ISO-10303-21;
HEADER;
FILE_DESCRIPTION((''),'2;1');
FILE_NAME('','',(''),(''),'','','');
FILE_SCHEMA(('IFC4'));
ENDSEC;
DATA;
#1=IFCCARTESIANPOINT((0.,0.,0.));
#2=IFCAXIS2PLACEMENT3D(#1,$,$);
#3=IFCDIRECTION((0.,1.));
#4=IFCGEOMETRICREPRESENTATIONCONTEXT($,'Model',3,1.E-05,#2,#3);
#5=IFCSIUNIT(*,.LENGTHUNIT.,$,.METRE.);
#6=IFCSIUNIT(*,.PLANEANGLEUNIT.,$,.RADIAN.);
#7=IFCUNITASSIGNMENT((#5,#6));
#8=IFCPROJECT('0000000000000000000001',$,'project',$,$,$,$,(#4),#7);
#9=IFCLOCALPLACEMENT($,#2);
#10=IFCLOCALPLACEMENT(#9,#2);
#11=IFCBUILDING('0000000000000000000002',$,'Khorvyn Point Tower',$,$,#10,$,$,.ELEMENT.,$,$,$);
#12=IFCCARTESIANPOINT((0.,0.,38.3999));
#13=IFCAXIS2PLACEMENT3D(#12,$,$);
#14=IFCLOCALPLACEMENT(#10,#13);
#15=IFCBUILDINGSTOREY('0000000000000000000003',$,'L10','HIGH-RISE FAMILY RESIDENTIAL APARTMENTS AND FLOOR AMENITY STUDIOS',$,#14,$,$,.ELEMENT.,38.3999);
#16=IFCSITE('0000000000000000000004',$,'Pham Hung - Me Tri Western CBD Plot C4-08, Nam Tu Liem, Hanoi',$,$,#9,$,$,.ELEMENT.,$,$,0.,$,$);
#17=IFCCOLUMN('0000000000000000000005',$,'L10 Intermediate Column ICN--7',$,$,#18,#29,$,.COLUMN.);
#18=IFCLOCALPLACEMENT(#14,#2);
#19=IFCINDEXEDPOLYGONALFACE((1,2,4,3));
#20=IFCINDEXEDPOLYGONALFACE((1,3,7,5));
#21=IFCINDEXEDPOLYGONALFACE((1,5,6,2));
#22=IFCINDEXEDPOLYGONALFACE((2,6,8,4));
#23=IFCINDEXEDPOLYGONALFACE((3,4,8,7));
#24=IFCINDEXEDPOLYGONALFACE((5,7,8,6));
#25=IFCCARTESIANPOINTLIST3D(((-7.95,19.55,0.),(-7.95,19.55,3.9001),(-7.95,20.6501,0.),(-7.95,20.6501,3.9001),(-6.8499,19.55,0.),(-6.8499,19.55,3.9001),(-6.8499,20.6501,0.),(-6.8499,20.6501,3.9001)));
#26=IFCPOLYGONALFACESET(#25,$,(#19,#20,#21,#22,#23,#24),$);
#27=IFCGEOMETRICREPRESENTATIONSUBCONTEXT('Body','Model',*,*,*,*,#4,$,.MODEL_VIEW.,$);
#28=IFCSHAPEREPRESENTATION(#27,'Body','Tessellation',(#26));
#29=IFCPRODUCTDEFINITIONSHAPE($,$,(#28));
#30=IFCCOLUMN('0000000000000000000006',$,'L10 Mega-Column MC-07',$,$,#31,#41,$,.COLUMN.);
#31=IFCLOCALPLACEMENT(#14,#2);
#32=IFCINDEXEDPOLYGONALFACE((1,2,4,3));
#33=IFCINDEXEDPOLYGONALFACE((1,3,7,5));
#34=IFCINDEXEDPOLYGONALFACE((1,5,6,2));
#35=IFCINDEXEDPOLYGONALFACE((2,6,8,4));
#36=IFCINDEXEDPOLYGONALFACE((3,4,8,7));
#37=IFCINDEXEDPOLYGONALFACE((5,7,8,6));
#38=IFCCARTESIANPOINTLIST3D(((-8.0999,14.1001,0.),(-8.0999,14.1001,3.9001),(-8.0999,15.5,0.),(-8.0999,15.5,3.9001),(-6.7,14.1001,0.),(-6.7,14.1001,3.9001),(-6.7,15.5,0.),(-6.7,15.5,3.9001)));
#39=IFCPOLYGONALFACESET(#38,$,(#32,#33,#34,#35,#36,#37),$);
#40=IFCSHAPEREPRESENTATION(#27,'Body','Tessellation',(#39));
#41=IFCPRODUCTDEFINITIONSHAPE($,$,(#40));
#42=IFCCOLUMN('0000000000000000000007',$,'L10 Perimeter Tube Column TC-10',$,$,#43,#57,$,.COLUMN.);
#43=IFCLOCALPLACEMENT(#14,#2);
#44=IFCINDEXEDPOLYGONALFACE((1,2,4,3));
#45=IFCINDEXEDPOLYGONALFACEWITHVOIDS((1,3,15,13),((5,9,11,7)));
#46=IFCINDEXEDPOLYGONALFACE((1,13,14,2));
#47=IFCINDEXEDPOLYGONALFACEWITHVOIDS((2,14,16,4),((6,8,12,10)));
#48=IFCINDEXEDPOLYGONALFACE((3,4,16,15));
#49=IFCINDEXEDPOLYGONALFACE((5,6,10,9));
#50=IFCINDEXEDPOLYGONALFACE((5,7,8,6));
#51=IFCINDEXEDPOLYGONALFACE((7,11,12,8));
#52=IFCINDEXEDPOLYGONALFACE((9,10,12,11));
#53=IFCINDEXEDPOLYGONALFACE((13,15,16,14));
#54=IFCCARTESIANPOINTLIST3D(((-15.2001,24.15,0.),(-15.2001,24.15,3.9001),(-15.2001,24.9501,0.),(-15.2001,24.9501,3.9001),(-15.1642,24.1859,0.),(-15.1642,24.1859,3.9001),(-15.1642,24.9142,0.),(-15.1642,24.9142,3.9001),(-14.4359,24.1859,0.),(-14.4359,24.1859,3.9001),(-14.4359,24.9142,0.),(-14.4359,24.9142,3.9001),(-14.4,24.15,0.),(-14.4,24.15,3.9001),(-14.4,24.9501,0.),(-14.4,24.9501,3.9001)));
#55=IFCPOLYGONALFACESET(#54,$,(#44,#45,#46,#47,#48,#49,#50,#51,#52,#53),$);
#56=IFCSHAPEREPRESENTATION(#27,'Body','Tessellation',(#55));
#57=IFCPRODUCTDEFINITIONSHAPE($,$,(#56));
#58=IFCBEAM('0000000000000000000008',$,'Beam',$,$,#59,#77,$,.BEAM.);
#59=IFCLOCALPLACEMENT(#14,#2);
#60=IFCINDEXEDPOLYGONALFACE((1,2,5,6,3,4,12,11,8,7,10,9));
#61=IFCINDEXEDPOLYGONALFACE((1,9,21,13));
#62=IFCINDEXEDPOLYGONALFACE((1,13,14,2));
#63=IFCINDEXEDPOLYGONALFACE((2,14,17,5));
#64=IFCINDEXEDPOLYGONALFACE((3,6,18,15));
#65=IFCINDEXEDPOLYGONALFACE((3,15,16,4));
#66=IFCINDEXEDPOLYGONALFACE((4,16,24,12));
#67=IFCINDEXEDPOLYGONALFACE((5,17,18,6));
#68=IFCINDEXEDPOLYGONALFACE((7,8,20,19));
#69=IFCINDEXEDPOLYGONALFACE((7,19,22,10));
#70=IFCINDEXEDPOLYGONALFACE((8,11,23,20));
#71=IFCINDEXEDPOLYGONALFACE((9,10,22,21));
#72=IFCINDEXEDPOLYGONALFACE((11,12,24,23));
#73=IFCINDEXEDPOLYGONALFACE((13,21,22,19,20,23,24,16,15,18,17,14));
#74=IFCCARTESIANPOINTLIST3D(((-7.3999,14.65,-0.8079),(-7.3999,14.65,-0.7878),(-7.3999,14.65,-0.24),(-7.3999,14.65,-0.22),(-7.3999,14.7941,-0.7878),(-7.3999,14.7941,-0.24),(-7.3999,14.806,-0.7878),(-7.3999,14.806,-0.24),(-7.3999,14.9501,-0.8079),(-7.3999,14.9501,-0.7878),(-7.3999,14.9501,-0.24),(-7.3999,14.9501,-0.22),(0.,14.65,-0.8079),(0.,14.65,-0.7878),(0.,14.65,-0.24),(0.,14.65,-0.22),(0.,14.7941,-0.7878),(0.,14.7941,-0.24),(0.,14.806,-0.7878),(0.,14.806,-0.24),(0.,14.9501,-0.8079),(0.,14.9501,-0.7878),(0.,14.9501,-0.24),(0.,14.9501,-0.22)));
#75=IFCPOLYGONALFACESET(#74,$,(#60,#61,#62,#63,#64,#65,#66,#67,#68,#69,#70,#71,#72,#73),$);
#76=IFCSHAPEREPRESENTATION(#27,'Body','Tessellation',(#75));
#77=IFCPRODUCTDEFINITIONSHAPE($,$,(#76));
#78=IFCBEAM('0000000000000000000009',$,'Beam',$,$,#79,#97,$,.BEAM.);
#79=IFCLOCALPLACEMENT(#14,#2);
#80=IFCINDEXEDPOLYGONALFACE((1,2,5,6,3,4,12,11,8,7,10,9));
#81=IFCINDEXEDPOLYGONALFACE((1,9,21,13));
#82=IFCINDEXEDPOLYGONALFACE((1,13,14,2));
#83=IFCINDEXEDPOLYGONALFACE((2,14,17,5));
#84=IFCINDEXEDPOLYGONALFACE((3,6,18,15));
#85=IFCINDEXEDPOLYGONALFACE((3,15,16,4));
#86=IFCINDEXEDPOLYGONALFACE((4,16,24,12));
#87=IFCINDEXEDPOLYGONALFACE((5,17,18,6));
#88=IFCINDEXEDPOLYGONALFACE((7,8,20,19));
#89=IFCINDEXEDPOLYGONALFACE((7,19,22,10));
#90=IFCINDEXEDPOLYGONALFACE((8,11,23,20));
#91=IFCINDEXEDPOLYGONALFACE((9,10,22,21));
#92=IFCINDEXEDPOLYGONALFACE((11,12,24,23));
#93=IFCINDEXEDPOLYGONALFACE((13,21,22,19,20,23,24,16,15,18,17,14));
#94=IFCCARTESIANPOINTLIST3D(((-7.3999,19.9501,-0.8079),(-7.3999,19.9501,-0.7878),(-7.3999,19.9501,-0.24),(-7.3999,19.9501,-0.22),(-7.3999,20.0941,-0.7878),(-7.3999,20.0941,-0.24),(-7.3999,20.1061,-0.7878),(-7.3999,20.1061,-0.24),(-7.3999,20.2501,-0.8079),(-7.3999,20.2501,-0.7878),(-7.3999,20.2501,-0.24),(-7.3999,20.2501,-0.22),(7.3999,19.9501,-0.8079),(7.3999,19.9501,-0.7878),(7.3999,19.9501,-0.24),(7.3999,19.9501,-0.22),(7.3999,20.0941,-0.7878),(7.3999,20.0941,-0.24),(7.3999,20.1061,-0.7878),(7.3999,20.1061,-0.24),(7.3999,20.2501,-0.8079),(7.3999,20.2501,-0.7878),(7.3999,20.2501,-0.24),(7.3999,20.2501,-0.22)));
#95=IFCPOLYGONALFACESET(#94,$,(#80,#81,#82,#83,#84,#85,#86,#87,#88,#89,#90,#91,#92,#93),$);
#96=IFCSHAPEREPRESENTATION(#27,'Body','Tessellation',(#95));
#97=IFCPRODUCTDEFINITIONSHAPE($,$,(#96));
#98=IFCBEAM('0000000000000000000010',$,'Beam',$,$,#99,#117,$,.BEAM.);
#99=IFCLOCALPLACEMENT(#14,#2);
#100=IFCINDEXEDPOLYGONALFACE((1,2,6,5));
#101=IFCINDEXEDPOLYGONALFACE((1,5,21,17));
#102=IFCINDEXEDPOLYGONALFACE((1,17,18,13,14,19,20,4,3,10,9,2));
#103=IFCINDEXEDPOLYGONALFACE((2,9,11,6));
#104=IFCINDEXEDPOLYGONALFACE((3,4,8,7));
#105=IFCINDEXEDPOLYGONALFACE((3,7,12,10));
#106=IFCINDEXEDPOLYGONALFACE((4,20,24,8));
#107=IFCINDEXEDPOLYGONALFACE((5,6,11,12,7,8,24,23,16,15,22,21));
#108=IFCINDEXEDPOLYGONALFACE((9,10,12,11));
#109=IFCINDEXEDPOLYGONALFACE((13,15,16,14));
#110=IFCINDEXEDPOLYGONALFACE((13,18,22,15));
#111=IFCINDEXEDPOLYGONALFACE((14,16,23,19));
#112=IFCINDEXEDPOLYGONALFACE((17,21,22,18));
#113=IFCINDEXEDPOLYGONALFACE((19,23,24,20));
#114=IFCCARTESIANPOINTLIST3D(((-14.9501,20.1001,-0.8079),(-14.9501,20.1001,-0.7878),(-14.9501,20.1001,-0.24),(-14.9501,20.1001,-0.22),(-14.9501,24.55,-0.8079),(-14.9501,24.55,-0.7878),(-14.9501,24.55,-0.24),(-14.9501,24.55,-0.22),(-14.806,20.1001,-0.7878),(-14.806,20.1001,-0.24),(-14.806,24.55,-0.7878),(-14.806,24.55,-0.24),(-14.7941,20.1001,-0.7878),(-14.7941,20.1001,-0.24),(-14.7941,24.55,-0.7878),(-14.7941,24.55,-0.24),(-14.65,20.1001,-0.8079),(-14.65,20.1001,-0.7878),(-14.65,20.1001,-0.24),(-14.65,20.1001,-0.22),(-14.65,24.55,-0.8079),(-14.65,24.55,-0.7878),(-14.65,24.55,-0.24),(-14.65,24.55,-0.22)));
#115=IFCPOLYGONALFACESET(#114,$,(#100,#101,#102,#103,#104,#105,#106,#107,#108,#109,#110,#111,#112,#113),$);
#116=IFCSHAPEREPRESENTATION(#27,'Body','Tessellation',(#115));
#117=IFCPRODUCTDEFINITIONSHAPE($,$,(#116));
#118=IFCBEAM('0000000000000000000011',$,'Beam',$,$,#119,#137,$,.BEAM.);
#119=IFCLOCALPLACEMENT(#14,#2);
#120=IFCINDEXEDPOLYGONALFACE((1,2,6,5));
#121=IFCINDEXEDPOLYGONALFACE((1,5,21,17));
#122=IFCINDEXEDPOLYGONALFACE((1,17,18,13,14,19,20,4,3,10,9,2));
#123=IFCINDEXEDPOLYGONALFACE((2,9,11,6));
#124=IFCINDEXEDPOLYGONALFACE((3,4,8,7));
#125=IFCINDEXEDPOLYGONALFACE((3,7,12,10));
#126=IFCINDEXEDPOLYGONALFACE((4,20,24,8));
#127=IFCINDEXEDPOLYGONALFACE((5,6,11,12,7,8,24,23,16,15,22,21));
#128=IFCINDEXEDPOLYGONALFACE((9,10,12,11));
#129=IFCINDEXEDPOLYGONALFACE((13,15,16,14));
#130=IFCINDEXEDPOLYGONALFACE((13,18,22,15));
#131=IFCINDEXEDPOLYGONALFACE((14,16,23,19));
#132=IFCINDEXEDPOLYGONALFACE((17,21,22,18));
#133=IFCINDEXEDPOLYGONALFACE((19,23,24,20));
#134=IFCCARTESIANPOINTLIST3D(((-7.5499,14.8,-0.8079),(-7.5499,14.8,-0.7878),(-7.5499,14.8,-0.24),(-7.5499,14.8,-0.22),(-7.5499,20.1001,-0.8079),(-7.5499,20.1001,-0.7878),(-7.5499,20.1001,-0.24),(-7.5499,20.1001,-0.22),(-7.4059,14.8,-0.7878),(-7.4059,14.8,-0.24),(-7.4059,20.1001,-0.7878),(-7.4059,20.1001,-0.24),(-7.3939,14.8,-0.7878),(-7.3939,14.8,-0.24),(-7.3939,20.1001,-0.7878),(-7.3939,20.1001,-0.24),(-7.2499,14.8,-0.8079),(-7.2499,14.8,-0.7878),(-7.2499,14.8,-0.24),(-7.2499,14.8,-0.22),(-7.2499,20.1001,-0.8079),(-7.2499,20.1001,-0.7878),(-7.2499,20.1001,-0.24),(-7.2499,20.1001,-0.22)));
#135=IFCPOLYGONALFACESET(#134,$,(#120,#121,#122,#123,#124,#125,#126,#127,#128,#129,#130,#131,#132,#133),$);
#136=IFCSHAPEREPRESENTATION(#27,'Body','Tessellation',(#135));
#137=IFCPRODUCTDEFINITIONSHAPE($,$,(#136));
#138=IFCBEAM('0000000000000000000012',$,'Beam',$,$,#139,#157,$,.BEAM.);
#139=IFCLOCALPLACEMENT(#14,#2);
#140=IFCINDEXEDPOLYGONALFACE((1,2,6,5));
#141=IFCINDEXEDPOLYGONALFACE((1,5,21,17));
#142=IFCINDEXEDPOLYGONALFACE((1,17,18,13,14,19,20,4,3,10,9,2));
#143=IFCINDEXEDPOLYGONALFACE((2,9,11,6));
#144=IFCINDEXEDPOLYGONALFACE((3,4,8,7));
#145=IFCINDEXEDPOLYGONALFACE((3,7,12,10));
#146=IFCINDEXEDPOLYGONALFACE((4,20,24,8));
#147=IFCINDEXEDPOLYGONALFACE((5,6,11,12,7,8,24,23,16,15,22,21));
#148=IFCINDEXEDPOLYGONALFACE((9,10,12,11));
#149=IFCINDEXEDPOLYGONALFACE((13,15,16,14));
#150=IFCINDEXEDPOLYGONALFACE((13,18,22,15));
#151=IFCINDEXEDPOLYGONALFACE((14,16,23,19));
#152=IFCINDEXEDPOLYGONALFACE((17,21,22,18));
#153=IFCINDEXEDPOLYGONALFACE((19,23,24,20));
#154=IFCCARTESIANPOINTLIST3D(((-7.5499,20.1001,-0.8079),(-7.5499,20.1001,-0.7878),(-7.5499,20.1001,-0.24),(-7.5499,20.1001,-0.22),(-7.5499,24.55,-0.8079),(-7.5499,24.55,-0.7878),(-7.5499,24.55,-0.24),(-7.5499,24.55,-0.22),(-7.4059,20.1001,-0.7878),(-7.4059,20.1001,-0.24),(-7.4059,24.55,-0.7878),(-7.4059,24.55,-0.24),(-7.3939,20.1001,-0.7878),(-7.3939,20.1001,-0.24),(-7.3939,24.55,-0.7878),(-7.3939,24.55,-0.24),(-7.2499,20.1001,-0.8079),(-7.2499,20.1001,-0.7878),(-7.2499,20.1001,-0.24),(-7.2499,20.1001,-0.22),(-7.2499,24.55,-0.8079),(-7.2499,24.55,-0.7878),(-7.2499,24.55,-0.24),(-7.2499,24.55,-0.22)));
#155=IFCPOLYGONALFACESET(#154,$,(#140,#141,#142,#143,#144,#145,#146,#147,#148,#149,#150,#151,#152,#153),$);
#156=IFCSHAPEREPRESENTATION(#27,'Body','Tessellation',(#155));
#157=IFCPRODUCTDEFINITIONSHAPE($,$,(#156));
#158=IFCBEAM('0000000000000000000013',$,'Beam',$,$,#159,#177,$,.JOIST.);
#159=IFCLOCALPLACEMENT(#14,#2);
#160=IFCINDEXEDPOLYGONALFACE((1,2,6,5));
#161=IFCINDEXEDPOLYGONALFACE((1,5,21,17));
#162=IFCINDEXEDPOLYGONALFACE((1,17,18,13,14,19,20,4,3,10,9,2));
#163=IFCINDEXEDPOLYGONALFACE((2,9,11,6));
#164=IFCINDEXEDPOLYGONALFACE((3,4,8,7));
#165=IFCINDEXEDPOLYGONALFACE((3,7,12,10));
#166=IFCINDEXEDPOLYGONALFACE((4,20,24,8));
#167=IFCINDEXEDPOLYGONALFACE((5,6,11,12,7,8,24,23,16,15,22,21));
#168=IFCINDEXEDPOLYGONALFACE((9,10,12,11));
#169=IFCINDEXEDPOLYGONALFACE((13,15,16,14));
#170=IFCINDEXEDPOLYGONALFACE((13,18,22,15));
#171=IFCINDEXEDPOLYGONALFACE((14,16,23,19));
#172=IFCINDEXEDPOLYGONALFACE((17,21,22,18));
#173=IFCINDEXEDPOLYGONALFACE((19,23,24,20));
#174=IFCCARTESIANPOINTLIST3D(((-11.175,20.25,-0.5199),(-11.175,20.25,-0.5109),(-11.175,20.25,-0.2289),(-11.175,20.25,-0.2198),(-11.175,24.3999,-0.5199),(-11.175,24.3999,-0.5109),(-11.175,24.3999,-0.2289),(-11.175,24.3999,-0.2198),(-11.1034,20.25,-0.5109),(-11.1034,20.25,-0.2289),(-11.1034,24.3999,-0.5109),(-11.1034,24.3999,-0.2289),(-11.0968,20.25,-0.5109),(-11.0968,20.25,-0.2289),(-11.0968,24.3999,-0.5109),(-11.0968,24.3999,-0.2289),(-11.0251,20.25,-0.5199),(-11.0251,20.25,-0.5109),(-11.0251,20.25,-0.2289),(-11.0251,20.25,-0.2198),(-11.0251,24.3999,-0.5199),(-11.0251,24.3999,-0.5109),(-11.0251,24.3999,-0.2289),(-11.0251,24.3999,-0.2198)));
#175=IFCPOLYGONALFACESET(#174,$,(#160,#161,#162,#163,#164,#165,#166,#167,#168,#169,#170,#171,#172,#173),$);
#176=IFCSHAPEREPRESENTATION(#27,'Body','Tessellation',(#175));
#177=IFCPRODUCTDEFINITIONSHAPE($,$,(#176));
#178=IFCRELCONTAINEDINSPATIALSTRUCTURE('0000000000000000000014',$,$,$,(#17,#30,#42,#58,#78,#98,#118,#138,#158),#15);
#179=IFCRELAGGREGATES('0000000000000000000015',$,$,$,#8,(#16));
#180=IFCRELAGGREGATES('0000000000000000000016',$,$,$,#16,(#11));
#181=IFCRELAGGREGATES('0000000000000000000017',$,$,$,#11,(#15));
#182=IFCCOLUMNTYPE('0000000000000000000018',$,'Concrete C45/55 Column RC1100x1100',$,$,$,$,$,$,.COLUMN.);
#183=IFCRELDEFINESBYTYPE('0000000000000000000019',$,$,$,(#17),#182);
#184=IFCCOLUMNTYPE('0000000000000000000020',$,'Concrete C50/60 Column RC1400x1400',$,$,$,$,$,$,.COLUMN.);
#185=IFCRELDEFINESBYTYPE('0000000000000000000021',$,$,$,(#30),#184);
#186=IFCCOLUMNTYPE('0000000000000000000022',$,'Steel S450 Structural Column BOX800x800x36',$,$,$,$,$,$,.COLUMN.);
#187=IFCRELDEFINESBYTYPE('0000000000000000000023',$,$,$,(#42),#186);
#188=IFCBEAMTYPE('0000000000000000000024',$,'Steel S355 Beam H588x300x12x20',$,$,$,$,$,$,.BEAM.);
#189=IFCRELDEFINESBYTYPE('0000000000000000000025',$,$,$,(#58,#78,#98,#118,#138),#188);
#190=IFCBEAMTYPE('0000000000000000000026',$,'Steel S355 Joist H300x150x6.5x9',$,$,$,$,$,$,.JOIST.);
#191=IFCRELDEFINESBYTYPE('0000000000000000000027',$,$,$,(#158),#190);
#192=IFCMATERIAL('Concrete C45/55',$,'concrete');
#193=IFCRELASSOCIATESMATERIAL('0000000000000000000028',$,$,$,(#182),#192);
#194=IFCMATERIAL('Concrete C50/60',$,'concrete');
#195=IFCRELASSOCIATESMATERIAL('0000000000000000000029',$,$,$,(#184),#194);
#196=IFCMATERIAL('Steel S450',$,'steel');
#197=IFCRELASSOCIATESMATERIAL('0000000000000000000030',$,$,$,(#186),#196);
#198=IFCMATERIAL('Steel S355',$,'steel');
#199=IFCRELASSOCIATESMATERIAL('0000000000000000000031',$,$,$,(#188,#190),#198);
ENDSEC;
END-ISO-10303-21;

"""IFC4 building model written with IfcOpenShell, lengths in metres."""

from ifc_helpers import new_model, si_unit, direction, frame, origin, origin_2d, place, context, subcontext, project, spatial, rectangle, hollow_rectangle, i_section, extrude, material, material_profile, profile_set, type_object, element, save


model = new_model("IFC4")

# Units and contexts
model_context = context("Model", 3, precision=1e-05, world=origin(), true_north=direction((0.0, 1.0)))
body_context = subcontext(model_context, "Body", "Model", "MODEL_VIEW")
ifc_project = project(units=[si_unit("LENGTHUNIT", "METRE"), si_unit("PLANEANGLEUNIT", "RADIAN")], contexts=[model_context])

# Site, building, storey
site_placement = place(None, origin())
site = spatial("IfcSite", under=ifc_project, at=site_placement, Name="Pham Hung - Me Tri Western CBD Plot C4-08, Nam Tu Liem, Hanoi", CompositionType="ELEMENT", RefElevation=0.0)
building_placement = place(site_placement, origin())
building = spatial("IfcBuilding", under=site, at=building_placement, Name="Khorvyn Point Tower", CompositionType="ELEMENT")
storey_placement = place(building_placement, frame((0.0, 0.0, 38.3999)))
storey = spatial("IfcBuildingStorey", under=building, at=storey_placement, Name="L10", Description="HIGH-RISE FAMILY RESIDENTIAL APARTMENTS AND FLOOR AMENITY STUDIOS", CompositionType="ELEMENT", Elevation=38.3999)

# Columns
ifc_material_1 = material(Name="Concrete C45/55", Category="concrete")
ifc_material_profile_1 = material_profile(ifc_material_1, rectangle(XDim=1.1001, YDim=1.1001, at=origin_2d()))
ifc_profile_set_1 = profile_set([ifc_material_profile_1], Name="Concrete C45/55 RC1100x1100")
column_type_1 = type_object("IfcColumnType", Name="Concrete C45/55 Column RC1100x1100", PredefinedType="COLUMN", material=ifc_profile_set_1)
column_1_placement = place(storey_placement, frame((-7.3999, 20.1001, 0.0), z_axis=(0.0, 0.0, 1.0), x_axis=(1.0, 0.0, 0.0)))
element("IfcColumn", 1, at=column_1_placement, inside=storey, type_object=column_type_1, Name="L10 Intermediate Column ICN--7", PredefinedType="COLUMN", context=body_context, shape_type="SweptSolid", body=[
    extrude(rectangle(XDim=1.1001, YDim=1.1001, at=origin_2d()), origin(), (0.0, 0.0, 1.0), 3.9001),
])
ifc_material_2 = material(Name="Concrete C50/60", Category="concrete")
ifc_material_profile_2 = material_profile(ifc_material_2, rectangle(XDim=1.3999, YDim=1.3999, at=origin_2d()))
ifc_profile_set_2 = profile_set([ifc_material_profile_2], Name="Concrete C50/60 RC1400x1400")
column_type_2 = type_object("IfcColumnType", Name="Concrete C50/60 Column RC1400x1400", PredefinedType="COLUMN", material=ifc_profile_set_2)
column_2_placement = place(storey_placement, frame((-7.3999, 14.8, 0.0), z_axis=(0.0, 0.0, 1.0), x_axis=(1.0, 0.0, 0.0)))
element("IfcColumn", 2, at=column_2_placement, inside=storey, type_object=column_type_2, Name="L10 Mega-Column MC-07", PredefinedType="COLUMN", context=body_context, shape_type="SweptSolid", body=[
    extrude(rectangle(XDim=1.3999, YDim=1.3999, at=origin_2d()), origin(), (0.0, 0.0, 1.0), 3.9001),
])
ifc_material_3 = material(Name="Steel S450", Category="steel")
ifc_material_profile_3 = material_profile(ifc_material_3, hollow_rectangle(XDim=0.8, YDim=0.8, WallThickness=0.0359, at=origin_2d()))
ifc_profile_set_3 = profile_set([ifc_material_profile_3], Name="Steel S450 BOX800x800x36")
column_type_3 = type_object("IfcColumnType", Name="Steel S450 Structural Column BOX800x800x36", PredefinedType="COLUMN", material=ifc_profile_set_3)
column_3_placement = place(storey_placement, frame((-14.8, 24.55, 0.0), z_axis=(0.0, 0.0, 1.0), x_axis=(1.0, 0.0, 0.0)))
element("IfcColumn", 3, at=column_3_placement, inside=storey, type_object=column_type_3, Name="L10 Perimeter Tube Column TC-10", PredefinedType="COLUMN", context=body_context, shape_type="SweptSolid", body=[
    extrude(hollow_rectangle(XDim=0.8, YDim=0.8, WallThickness=0.0359, at=origin_2d()), origin(), (0.0, 0.0, 1.0), 3.9001),
])

# Beams
ifc_material_4 = material(Name="Steel S355", Category="steel")
ifc_material_profile_4 = material_profile(ifc_material_4, i_section(OverallWidth=0.3, OverallDepth=0.5879, WebThickness=0.012, FlangeThickness=0.02, at=origin_2d()))
ifc_profile_set_4 = profile_set([ifc_material_profile_4], Name="Steel S355 H588x300x12x20")
beam_type_1 = type_object("IfcBeamType", Name="Steel S355 Beam H588x300x12x20", PredefinedType="BEAM", material=ifc_profile_set_4)
beam_1_placement = place(storey_placement, frame((-7.3999, 14.8, -0.5139), z_axis=(1.0, 0.0, 0.0), x_axis=(0.0, 1.0, 0.0)))
element("IfcBeam", 4, at=beam_1_placement, inside=storey, type_object=beam_type_1, Name="Beam", PredefinedType="BEAM", context=body_context, shape_type="SweptSolid", body=[
    extrude(i_section(OverallWidth=0.3, OverallDepth=0.5879, WebThickness=0.012, FlangeThickness=0.02, at=origin_2d()), origin(), (0.0, 0.0, 1.0), 7.3999),
])
beam_2_placement = place(storey_placement, frame((-7.3999, 20.1001, -0.5139), z_axis=(1.0, 0.0, 0.0), x_axis=(0.0, 1.0, 0.0)))
element("IfcBeam", 5, at=beam_2_placement, inside=storey, type_object=beam_type_1, Name="Beam", PredefinedType="BEAM", context=body_context, shape_type="SweptSolid", body=[
    extrude(i_section(OverallWidth=0.3, OverallDepth=0.5879, WebThickness=0.012, FlangeThickness=0.02, at=origin_2d()), origin(), (0.0, 0.0, 1.0), 14.7998),
])
beam_3_placement = place(storey_placement, frame((-14.8, 20.1001, -0.5139), z_axis=(0.0, 1.0, 0.0), x_axis=(-1.0, 0.0, 0.0)))
element("IfcBeam", 6, at=beam_3_placement, inside=storey, type_object=beam_type_1, Name="Beam", PredefinedType="BEAM", context=body_context, shape_type="SweptSolid", body=[
    extrude(i_section(OverallWidth=0.3, OverallDepth=0.5879, WebThickness=0.012, FlangeThickness=0.02, at=origin_2d()), origin(), (0.0, 0.0, 1.0), 4.45),
])
beam_4_placement = place(storey_placement, frame((-7.3999, 14.8, -0.5139), z_axis=(0.0, 1.0, 0.0), x_axis=(-1.0, 0.0, 0.0)))
element("IfcBeam", 7, at=beam_4_placement, inside=storey, type_object=beam_type_1, Name="Beam", PredefinedType="BEAM", context=body_context, shape_type="SweptSolid", body=[
    extrude(i_section(OverallWidth=0.3, OverallDepth=0.5879, WebThickness=0.012, FlangeThickness=0.02, at=origin_2d()), origin(), (0.0, 0.0, 1.0), 5.3),
])
beam_5_placement = place(storey_placement, frame((-7.3999, 20.1001, -0.5139), z_axis=(0.0, 1.0, 0.0), x_axis=(-1.0, 0.0, 0.0)))
element("IfcBeam", 8, at=beam_5_placement, inside=storey, type_object=beam_type_1, Name="Beam", PredefinedType="BEAM", context=body_context, shape_type="SweptSolid", body=[
    extrude(i_section(OverallWidth=0.3, OverallDepth=0.5879, WebThickness=0.012, FlangeThickness=0.02, at=origin_2d()), origin(), (0.0, 0.0, 1.0), 4.45),
])
ifc_material_profile_5 = material_profile(ifc_material_4, i_section(OverallWidth=0.1499, OverallDepth=0.3, WebThickness=0.0066, FlangeThickness=0.009, at=origin_2d()))
ifc_profile_set_5 = profile_set([ifc_material_profile_5], Name="Steel S355 H300x150x6.5x9")
beam_type_2 = type_object("IfcBeamType", Name="Steel S355 Joist H300x150x6.5x9", PredefinedType="JOIST", material=ifc_profile_set_5)
beam_6_placement = place(storey_placement, frame((-11.1001, 20.25, -0.3699), z_axis=(0.0, 1.0, 0.0), x_axis=(-1.0, 0.0, 0.0)))
element("IfcBeam", 9, at=beam_6_placement, inside=storey, type_object=beam_type_2, Name="Beam", PredefinedType="JOIST", context=body_context, shape_type="SweptSolid", body=[
    extrude(i_section(OverallWidth=0.1499, OverallDepth=0.3, WebThickness=0.0066, FlangeThickness=0.009, at=origin_2d()), origin(), (0.0, 0.0, 1.0), 4.1499),
])

save(model, "model.ifc")
